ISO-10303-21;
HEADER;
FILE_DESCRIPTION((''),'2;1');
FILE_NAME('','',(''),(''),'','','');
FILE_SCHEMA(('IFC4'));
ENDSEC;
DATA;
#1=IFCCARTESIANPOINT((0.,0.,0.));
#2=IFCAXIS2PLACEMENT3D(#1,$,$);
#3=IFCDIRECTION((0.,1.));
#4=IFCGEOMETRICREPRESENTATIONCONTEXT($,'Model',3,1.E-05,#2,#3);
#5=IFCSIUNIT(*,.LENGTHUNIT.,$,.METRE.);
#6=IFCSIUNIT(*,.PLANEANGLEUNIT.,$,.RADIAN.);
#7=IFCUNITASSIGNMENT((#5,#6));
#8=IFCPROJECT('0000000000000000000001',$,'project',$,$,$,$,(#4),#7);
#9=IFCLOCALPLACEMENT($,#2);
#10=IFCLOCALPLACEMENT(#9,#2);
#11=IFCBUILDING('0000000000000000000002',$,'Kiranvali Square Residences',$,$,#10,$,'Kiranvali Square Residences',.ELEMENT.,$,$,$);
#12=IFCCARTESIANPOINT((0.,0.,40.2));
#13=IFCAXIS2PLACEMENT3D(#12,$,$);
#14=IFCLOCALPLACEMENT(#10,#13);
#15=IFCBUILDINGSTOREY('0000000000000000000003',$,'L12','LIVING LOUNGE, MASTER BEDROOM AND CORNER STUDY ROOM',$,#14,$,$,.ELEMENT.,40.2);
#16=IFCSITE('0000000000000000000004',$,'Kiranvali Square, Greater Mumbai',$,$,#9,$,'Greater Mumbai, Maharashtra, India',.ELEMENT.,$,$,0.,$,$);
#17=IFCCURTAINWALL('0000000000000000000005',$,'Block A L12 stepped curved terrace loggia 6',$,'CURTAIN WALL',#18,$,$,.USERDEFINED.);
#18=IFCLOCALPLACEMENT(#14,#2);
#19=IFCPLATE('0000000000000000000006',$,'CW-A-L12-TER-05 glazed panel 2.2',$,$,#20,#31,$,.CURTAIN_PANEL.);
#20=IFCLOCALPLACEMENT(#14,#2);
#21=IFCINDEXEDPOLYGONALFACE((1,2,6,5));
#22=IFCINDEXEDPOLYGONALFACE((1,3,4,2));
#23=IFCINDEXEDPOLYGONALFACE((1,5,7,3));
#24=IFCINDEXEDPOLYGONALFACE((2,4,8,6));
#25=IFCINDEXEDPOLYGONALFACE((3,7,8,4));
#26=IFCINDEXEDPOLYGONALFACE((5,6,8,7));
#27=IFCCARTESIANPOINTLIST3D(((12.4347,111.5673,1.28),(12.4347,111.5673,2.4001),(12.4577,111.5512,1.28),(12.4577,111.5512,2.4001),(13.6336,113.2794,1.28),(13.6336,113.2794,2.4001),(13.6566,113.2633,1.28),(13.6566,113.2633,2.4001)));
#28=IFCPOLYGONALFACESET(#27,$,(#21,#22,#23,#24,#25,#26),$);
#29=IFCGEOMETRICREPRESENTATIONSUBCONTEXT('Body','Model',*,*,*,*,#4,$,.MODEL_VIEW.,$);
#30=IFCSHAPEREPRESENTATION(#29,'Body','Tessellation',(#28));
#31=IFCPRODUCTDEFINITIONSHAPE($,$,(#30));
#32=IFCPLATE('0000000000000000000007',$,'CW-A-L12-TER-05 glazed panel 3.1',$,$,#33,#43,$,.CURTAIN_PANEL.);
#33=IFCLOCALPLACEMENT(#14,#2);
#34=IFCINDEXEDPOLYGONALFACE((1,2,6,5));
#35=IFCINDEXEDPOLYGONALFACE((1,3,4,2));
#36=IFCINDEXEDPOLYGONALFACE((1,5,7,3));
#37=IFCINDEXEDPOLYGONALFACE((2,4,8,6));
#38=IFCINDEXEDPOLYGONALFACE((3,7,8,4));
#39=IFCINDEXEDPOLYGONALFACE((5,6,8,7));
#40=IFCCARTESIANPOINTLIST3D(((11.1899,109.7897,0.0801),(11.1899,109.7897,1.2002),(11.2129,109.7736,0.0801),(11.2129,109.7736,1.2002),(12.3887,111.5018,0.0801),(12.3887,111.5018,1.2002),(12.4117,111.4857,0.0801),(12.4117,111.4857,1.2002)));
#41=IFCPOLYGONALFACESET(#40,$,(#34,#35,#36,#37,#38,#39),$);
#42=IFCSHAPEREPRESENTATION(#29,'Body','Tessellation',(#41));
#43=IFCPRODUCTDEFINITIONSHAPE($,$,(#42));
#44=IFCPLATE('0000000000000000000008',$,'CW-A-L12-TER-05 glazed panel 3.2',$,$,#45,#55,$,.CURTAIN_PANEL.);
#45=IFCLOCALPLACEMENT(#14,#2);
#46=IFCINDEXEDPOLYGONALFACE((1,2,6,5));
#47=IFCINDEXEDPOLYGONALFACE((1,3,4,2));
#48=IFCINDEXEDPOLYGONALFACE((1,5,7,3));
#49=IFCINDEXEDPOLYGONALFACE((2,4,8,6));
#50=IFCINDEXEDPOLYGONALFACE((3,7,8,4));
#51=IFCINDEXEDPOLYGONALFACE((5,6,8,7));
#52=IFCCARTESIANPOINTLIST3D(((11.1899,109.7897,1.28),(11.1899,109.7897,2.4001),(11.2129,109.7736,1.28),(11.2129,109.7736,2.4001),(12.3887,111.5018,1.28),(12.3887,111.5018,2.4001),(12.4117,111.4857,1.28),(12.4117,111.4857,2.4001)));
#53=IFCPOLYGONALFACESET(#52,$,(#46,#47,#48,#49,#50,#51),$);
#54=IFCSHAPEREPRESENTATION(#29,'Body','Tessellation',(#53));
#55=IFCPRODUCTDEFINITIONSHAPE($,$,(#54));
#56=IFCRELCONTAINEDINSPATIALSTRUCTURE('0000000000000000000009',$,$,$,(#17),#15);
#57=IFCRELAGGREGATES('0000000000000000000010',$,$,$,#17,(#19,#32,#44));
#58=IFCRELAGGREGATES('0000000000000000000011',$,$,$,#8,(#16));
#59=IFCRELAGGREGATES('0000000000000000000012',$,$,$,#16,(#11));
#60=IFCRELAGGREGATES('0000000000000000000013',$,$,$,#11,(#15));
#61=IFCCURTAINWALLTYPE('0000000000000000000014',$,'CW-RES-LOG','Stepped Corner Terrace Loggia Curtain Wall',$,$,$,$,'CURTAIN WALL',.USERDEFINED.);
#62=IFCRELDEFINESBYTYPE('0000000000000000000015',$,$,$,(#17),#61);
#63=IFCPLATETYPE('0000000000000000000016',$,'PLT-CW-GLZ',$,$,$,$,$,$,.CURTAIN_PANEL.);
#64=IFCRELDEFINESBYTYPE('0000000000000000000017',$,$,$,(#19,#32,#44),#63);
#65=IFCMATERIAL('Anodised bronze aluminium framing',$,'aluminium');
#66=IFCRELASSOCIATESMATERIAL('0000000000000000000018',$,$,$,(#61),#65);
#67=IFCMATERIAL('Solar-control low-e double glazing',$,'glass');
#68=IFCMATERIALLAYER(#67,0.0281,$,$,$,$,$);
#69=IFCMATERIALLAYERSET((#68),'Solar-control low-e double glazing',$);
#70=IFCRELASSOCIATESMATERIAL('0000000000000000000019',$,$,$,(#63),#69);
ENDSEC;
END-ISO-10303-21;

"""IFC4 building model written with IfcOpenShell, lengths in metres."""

from ifc_helpers import new_model, si_unit, direction, frame, origin, origin_2d, place, context, subcontext, project, spatial, rectangle, extrude, material, layer, layer_set, type_object, element, aggregate, save


model = new_model("IFC4")

# Units and contexts
model_context = context("Model", 3, precision=1e-05, world=origin(), true_north=direction((0.0, 1.0)))
body_context = subcontext(model_context, "Body", "Model", "MODEL_VIEW")
ifc_project = project(units=[si_unit("LENGTHUNIT", "METRE"), si_unit("PLANEANGLEUNIT", "RADIAN")], contexts=[model_context])

# Site, building, storey
site_placement = place(None, origin())
site = spatial("IfcSite", under=ifc_project, at=site_placement, Name="Kiranvali Square, Greater Mumbai", LongName="Greater Mumbai, Maharashtra, India", CompositionType="ELEMENT", RefElevation=0.0)
building_placement = place(site_placement, origin())
building = spatial("IfcBuilding", under=site, at=building_placement, Name="Kiranvali Square Residences", LongName="Kiranvali Square Residences", CompositionType="ELEMENT")
storey_placement = place(building_placement, frame((0.0, 0.0, 40.2)))
storey = spatial("IfcBuildingStorey", under=building, at=storey_placement, Name="L12", Description="LIVING LOUNGE, MASTER BEDROOM AND CORNER STUDY ROOM", CompositionType="ELEMENT", Elevation=40.2)

# Curtain wall, plates
ifc_material_1 = material(Name="Anodised bronze aluminium framing", Category="aluminium")
curtain_wall_type = type_object("IfcCurtainWallType", Name="CW-RES-LOG", Description="Stepped Corner Terrace Loggia Curtain Wall", ElementType="CURTAIN WALL", PredefinedType="USERDEFINED", material=ifc_material_1)
curtain_wall_placement = place(storey_placement, origin())
curtain_wall = element("IfcCurtainWall", 1, at=curtain_wall_placement, inside=storey, type_object=curtain_wall_type, Name="Block A L12 stepped curved terrace loggia 6", ObjectType="CURTAIN WALL", PredefinedType="USERDEFINED")
ifc_material_2 = material(Name="Solar-control low-e double glazing", Category="glass")
ifc_layer = layer(ifc_material_2, 0.0281)
ifc_layer_set = layer_set([ifc_layer], Name="Solar-control low-e double glazing")
plate_type = type_object("IfcPlateType", Name="PLT-CW-GLZ", PredefinedType="CURTAIN_PANEL", material=ifc_layer_set)
plate_1_placement = place(storey_placement, frame((13.0457, 112.4153, 1.28), z_axis=(0.0, 0.0, 1.0), x_axis=(-0.573576, -0.819152, 0.0)))
plate_1 = element("IfcPlate", 2, at=plate_1_placement, type_object=plate_type, Name="CW-A-L12-TER-05 glazed panel 2.2", PredefinedType="CURTAIN_PANEL", context=body_context, shape_type="SweptSolid", body=[
    extrude(rectangle(XDim=2.0901, YDim=0.0281, at=origin_2d()), origin(), (0.0, 0.0, 1.0), 1.1201),
])
plate_2_placement = place(storey_placement, frame((11.8008, 110.6377, 0.0801), z_axis=(0.0, 0.0, 1.0), x_axis=(-0.573576, -0.819152, 0.0)))
plate_2 = element("IfcPlate", 3, at=plate_2_placement, type_object=plate_type, Name="CW-A-L12-TER-05 glazed panel 3.1", PredefinedType="CURTAIN_PANEL", context=body_context, shape_type="SweptSolid", body=[
    extrude(rectangle(XDim=2.0901, YDim=0.0281, at=origin_2d()), origin(), (0.0, 0.0, 1.0), 1.1201),
])
plate_3_placement = place(storey_placement, frame((11.8008, 110.6377, 1.28), z_axis=(0.0, 0.0, 1.0), x_axis=(-0.573576, -0.819152, 0.0)))
plate_3 = element("IfcPlate", 4, at=plate_3_placement, type_object=plate_type, Name="CW-A-L12-TER-05 glazed panel 3.2", PredefinedType="CURTAIN_PANEL", context=body_context, shape_type="SweptSolid", body=[
    extrude(rectangle(XDim=2.0901, YDim=0.0281, at=origin_2d()), origin(), (0.0, 0.0, 1.0), 1.1201),
])
aggregate(curtain_wall, [plate_1, plate_2, plate_3])

save(model, "model.ifc")
